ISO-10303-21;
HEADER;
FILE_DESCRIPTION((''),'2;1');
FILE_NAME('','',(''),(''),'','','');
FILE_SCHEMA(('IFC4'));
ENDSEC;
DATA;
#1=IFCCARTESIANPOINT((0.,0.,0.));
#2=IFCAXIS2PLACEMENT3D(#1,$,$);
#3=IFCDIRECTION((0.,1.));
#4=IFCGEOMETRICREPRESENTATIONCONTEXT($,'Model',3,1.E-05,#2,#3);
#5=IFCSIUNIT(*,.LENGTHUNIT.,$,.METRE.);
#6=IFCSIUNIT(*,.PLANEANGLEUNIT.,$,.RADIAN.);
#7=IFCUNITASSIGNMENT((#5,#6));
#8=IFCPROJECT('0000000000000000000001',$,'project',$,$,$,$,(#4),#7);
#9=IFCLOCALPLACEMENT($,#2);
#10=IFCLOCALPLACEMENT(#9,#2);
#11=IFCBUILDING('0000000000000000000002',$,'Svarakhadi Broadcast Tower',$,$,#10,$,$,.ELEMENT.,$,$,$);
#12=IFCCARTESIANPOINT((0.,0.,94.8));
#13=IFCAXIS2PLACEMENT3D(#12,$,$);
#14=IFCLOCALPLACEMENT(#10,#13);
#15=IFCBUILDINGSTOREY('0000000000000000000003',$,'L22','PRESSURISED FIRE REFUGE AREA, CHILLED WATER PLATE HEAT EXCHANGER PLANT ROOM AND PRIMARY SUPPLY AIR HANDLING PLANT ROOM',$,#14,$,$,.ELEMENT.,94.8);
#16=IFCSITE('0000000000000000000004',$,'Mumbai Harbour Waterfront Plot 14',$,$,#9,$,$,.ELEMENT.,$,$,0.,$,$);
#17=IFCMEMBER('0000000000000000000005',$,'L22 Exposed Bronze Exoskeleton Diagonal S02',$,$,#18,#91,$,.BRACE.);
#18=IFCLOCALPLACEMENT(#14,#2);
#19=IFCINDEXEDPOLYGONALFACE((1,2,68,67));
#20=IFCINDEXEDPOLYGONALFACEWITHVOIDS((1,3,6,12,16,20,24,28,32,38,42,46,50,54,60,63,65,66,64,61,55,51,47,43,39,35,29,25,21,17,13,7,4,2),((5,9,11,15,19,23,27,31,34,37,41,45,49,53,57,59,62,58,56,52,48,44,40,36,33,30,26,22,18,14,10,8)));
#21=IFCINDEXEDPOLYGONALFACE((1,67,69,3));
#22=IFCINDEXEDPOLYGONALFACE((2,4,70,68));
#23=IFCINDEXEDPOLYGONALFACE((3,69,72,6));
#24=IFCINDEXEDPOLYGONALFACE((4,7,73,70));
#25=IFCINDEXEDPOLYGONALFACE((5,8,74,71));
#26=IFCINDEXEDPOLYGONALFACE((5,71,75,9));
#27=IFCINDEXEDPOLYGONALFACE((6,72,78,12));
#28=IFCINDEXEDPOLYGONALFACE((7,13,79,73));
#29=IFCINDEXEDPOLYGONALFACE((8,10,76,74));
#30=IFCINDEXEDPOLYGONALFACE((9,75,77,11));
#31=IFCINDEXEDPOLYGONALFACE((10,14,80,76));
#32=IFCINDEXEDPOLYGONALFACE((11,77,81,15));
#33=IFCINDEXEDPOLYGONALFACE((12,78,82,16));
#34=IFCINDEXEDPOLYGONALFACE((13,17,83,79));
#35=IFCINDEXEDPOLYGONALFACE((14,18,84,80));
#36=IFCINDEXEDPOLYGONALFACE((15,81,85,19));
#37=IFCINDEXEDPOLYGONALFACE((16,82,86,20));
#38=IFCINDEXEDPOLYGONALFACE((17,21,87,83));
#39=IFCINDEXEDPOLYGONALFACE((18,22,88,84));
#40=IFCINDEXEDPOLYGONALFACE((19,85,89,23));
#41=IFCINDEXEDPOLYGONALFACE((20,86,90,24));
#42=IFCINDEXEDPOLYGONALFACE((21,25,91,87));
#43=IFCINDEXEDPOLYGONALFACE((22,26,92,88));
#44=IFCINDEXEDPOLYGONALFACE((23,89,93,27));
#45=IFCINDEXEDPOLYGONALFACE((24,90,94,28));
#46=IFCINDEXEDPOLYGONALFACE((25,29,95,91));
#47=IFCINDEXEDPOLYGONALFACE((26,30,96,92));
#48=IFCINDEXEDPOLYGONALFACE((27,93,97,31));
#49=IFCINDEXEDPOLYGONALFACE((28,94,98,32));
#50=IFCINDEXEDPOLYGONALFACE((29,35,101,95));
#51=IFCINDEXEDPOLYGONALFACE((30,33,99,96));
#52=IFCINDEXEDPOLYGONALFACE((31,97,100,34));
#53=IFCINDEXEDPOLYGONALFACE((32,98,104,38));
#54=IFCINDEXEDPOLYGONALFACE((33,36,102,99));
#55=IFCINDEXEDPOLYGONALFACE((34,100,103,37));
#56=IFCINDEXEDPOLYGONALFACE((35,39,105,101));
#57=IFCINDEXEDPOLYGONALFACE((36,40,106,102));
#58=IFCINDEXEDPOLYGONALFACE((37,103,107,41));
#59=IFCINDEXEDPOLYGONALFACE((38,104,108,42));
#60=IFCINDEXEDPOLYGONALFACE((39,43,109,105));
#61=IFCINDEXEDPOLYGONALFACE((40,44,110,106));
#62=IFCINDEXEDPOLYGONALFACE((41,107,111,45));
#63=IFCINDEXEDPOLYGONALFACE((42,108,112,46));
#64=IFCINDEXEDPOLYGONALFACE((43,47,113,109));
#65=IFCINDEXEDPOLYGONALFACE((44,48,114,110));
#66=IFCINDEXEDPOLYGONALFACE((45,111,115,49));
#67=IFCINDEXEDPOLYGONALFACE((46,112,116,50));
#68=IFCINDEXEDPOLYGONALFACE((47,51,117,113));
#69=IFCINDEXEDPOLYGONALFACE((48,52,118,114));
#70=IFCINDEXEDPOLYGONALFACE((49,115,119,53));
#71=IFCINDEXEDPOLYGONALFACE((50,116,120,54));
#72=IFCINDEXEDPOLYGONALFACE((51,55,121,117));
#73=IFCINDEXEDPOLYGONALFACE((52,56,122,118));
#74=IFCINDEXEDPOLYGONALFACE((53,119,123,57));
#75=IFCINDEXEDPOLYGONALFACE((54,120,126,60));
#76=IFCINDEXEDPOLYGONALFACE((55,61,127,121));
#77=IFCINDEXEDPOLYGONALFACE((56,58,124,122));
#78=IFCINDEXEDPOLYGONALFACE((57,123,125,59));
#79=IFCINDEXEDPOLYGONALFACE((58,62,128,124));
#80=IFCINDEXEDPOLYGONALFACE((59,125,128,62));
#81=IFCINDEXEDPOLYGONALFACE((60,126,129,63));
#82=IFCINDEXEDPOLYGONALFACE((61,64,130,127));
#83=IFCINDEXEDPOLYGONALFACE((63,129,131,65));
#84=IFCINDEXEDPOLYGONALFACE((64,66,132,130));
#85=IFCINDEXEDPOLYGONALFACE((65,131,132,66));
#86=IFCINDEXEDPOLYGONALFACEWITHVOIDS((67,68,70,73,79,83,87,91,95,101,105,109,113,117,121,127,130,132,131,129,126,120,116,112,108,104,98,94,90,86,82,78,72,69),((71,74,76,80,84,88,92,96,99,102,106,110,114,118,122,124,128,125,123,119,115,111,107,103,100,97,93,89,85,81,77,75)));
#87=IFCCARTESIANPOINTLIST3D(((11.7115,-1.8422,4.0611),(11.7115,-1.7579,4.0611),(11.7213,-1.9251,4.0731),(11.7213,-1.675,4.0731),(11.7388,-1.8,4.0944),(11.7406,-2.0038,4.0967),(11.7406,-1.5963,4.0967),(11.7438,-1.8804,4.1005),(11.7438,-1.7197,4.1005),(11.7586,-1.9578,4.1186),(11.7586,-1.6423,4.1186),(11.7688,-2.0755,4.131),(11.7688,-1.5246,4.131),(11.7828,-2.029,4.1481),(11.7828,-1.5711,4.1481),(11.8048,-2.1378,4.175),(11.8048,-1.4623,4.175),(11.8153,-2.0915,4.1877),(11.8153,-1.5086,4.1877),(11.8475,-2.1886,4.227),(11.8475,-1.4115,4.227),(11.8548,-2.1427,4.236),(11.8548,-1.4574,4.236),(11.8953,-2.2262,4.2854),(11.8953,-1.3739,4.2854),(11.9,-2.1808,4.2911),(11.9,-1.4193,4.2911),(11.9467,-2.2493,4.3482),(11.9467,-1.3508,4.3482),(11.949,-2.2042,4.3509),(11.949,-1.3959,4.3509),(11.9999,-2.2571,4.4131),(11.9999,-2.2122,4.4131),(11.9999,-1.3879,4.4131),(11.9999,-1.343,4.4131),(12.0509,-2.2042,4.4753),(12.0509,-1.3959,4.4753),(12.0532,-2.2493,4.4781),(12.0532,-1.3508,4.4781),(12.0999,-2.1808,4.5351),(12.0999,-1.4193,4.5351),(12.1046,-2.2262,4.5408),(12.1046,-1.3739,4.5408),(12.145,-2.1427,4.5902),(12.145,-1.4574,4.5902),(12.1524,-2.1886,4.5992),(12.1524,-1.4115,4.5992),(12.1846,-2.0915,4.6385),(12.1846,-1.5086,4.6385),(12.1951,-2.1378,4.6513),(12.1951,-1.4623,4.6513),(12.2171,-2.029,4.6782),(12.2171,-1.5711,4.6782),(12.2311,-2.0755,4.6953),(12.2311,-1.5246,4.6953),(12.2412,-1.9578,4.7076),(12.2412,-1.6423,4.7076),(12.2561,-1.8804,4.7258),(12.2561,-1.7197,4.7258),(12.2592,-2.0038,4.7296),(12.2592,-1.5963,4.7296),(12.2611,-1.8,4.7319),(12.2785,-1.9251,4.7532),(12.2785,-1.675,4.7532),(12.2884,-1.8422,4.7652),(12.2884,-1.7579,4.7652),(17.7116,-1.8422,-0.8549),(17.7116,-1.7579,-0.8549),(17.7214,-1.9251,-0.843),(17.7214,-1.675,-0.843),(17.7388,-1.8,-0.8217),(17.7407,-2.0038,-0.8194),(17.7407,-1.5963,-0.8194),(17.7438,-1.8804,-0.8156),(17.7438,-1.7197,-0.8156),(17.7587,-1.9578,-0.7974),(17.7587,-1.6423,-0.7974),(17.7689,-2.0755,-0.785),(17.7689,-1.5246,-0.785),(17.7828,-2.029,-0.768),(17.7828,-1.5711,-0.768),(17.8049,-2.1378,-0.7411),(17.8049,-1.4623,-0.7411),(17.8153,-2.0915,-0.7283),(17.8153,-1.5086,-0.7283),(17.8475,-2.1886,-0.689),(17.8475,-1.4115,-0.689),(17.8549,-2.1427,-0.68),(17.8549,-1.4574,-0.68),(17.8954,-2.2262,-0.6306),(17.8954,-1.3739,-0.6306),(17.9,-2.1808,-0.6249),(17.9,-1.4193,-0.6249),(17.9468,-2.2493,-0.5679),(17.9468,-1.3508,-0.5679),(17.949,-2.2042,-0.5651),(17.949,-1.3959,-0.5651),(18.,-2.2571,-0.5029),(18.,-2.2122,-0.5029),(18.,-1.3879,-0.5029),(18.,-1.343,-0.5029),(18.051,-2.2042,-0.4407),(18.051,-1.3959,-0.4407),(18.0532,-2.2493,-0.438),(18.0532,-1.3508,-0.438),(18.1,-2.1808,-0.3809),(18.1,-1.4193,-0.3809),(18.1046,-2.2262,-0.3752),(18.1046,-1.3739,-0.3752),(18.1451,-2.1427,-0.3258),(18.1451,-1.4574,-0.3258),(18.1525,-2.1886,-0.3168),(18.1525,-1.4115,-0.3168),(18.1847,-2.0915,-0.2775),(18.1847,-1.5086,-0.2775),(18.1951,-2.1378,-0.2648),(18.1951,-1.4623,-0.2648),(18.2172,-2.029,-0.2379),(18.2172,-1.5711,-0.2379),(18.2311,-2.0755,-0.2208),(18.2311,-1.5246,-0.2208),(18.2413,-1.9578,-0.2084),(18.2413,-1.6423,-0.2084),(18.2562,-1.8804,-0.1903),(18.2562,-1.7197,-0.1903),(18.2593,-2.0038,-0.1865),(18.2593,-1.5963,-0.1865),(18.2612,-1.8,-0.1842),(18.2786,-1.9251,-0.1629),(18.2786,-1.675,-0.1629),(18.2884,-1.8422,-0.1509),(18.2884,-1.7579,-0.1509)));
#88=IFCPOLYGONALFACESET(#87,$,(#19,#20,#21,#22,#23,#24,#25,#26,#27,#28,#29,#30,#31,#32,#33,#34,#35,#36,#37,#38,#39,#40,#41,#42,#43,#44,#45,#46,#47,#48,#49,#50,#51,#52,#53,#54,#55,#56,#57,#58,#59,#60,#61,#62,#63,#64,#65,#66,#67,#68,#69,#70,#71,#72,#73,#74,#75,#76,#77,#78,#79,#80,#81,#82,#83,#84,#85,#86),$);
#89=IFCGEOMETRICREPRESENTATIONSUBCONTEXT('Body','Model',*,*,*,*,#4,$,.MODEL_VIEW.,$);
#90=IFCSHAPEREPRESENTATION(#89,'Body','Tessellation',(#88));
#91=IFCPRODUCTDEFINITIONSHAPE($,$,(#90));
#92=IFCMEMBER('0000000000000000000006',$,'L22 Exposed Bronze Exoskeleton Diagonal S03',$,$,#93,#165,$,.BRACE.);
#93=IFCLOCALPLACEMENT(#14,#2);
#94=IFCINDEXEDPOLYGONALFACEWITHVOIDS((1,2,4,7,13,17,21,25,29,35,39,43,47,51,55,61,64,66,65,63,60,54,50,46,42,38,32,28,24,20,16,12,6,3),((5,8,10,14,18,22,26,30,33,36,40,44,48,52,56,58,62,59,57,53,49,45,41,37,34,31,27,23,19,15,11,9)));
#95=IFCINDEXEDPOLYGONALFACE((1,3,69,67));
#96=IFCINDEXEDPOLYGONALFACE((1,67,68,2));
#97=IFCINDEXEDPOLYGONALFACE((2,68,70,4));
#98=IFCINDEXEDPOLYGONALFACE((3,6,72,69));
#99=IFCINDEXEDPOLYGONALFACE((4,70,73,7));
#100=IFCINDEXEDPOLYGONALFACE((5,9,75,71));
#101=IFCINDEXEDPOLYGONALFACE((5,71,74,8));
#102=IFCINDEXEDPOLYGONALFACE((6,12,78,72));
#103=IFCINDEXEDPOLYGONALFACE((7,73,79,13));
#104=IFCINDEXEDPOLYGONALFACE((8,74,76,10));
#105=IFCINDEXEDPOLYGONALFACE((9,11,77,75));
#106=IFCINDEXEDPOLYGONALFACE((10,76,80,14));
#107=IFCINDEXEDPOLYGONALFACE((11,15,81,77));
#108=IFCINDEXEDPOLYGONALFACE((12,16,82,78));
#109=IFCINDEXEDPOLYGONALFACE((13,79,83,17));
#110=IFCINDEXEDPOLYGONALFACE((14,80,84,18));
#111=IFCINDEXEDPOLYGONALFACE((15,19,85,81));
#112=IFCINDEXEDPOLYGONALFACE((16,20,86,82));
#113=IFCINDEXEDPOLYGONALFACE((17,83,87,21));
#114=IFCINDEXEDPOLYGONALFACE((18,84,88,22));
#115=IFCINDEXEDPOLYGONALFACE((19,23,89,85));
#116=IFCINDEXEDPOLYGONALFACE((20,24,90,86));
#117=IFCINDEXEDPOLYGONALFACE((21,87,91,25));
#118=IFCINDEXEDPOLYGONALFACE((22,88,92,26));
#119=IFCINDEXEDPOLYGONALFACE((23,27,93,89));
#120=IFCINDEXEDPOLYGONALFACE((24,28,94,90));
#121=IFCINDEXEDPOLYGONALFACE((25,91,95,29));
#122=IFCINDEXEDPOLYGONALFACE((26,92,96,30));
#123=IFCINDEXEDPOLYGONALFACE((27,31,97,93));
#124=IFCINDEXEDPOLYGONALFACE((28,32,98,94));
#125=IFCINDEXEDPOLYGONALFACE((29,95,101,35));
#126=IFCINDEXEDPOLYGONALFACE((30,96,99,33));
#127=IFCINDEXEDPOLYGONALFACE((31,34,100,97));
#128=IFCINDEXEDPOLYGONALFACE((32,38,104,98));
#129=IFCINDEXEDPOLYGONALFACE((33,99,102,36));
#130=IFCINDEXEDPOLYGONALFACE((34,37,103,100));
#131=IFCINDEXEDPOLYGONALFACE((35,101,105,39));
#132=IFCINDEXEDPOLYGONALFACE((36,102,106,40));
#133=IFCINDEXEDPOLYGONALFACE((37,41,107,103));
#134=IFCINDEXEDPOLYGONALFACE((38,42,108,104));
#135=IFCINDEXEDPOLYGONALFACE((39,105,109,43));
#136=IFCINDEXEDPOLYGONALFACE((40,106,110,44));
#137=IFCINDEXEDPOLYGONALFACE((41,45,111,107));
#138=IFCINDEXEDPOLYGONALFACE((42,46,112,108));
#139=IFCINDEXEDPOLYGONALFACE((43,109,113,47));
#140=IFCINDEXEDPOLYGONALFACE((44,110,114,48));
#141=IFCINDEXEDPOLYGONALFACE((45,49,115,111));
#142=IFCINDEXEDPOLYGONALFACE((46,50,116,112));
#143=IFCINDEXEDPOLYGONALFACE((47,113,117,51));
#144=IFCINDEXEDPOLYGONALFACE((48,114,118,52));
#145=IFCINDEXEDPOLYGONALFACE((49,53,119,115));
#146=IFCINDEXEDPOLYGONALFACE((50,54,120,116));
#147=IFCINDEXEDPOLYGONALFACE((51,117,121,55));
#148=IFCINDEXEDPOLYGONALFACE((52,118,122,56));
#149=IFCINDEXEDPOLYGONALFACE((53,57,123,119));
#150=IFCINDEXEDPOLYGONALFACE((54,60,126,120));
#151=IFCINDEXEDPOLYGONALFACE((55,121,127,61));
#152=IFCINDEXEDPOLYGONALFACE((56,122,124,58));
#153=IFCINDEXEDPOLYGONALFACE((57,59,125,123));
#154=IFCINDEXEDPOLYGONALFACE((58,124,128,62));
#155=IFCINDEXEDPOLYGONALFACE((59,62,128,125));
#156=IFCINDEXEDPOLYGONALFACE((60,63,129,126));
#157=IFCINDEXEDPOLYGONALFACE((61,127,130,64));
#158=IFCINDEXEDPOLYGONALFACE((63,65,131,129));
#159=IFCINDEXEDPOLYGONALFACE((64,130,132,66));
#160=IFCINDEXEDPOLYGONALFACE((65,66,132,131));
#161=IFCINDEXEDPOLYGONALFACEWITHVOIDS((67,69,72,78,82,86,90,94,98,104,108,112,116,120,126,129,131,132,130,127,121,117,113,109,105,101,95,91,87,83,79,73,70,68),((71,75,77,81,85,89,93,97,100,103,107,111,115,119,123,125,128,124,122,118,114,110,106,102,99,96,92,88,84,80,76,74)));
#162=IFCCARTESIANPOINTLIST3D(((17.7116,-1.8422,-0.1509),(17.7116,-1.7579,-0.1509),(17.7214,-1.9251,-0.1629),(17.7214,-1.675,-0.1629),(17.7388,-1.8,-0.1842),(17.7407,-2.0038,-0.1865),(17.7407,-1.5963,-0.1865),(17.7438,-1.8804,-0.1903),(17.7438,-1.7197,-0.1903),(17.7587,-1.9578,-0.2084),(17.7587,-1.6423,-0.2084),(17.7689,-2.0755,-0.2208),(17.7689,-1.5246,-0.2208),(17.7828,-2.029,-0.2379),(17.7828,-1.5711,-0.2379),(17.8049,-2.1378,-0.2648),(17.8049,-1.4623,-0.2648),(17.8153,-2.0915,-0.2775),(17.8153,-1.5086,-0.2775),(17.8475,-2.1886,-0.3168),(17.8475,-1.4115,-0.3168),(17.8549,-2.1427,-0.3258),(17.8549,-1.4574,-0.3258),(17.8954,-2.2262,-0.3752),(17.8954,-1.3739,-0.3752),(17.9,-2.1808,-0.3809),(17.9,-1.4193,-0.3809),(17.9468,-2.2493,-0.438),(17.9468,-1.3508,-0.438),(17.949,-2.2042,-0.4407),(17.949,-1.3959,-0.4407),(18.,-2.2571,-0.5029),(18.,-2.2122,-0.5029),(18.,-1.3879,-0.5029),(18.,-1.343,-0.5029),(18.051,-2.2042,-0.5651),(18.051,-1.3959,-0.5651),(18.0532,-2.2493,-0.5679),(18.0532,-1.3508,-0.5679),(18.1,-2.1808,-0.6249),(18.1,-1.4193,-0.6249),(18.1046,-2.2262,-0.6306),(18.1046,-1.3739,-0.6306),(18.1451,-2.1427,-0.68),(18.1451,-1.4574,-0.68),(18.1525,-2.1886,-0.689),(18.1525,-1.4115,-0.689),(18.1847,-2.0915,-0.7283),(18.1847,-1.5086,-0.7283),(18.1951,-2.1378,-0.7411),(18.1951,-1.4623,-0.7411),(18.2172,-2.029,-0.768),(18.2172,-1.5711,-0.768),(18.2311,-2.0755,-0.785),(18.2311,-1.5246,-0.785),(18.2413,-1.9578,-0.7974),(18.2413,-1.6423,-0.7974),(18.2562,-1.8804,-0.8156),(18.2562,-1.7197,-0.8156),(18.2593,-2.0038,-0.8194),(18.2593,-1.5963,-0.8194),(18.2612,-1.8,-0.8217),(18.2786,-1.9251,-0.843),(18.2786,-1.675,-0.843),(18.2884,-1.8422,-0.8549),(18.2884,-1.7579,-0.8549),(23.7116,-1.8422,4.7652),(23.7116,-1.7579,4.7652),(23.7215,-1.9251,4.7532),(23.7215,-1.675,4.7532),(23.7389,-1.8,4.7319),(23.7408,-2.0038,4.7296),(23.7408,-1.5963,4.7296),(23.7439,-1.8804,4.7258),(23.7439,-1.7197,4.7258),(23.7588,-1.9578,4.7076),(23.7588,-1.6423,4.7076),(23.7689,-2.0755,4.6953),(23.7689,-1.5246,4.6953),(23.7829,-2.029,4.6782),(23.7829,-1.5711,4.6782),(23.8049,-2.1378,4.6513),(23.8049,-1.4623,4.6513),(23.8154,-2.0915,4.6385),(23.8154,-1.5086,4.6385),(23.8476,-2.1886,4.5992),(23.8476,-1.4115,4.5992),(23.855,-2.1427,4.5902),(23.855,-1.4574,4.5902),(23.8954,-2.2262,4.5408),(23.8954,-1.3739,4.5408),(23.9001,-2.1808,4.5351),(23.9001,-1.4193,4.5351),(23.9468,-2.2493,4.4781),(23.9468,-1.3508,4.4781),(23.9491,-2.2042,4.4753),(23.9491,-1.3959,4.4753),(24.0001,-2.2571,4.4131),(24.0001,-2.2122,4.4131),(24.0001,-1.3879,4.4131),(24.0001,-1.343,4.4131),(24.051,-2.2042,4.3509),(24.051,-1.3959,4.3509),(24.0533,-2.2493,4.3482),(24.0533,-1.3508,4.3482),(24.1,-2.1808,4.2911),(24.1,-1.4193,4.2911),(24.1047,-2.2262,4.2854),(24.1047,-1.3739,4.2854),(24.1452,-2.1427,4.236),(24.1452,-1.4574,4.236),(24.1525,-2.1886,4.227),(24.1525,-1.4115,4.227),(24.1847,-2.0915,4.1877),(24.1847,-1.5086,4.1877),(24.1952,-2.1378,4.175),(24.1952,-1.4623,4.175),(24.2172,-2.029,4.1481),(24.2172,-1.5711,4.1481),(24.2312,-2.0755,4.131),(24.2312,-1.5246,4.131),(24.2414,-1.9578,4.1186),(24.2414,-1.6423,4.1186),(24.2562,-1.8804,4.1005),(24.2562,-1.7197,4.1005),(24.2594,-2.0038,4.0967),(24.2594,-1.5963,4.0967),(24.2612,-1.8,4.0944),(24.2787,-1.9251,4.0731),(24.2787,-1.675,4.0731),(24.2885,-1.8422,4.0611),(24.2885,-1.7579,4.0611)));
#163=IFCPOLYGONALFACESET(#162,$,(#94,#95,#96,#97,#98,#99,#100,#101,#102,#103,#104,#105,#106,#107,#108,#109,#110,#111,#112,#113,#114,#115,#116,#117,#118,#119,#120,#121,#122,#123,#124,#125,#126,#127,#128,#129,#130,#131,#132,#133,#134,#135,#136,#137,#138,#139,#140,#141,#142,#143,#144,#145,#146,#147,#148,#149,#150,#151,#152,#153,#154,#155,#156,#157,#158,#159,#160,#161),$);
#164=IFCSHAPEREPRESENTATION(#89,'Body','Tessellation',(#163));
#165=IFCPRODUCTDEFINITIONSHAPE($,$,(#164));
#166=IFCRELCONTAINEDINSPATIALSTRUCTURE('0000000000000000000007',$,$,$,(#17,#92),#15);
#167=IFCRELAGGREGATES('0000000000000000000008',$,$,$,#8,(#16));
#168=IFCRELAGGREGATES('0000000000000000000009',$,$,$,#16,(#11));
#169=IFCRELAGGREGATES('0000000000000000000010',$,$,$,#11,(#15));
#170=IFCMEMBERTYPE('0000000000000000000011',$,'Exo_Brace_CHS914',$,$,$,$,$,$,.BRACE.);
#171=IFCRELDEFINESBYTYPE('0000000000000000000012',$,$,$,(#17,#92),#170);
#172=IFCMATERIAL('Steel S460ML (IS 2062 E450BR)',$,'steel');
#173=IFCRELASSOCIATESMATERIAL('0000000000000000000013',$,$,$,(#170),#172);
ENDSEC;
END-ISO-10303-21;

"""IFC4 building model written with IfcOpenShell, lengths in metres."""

from ifc_helpers import new_model, si_unit, direction, frame, origin, origin_2d, place, context, subcontext, project, spatial, hollow_circle, extrude, material, material_profile, profile_set, type_object, element, save


model = new_model("IFC4")

# Units and contexts
model_context = context("Model", 3, precision=1e-05, world=origin(), true_north=direction((0.0, 1.0)))
body_context = subcontext(model_context, "Body", "Model", "MODEL_VIEW")
ifc_project = project(units=[si_unit("LENGTHUNIT", "METRE"), si_unit("PLANEANGLEUNIT", "RADIAN")], contexts=[model_context])

# Site, building, storey
site_placement = place(None, origin())
site = spatial("IfcSite", under=ifc_project, at=site_placement, Name="Mumbai Harbour Waterfront Plot 14", CompositionType="ELEMENT", RefElevation=0.0)
building_placement = place(site_placement, origin())
building = spatial("IfcBuilding", under=site, at=building_placement, Name="Svarakhadi Broadcast Tower", CompositionType="ELEMENT")
storey_placement = place(building_placement, frame((0.0, 0.0, 94.8)))
storey = spatial("IfcBuildingStorey", under=building, at=storey_placement, Name="L22", Description="PRESSURISED FIRE REFUGE AREA, CHILLED WATER PLATE HEAT EXCHANGER PLANT ROOM AND PRIMARY SUPPLY AIR HANDLING PLANT ROOM", CompositionType="ELEMENT", Elevation=94.8)

# Members
ifc_material_1 = material(Name="Steel S460ML (IS 2062 E450BR)", Category="steel")
ifc_material_profile_1 = material_profile(ifc_material_1, hollow_circle(Radius=0.457, WallThickness=0.0449, at=origin_2d()), Name="CHS 914x45")
ifc_profile_set_1 = profile_set([ifc_material_profile_1], Name="Steel S460ML (IS 2062 E450BR)")
member_type_1 = type_object("IfcMemberType", Name="Exo_Brace_CHS914", PredefinedType="BRACE", material=ifc_profile_set_1)
for number, where, z_axis, x_axis, name in (
    (1, (18.0, -1.8, -0.5029), (-0.77352, 0.0, 0.633772), (0.0, -1.0, 0.0), "L22 Exposed Bronze Exoskeleton Diagonal S02"),
    (2, (18.0, -1.8, -0.5029), (0.77352, 0.0, 0.633772), (0.0, 1.0, 0.0), "L22 Exposed Bronze Exoskeleton Diagonal S03"),
):
    element("IfcMember", number, at=place(storey_placement, frame(where, z_axis=z_axis, x_axis=x_axis)), inside=storey, type_object=member_type_1, Name=name, PredefinedType="BRACE", context=body_context, shape_type="SweptSolid", body=[
        extrude(hollow_circle(Radius=0.457, WallThickness=0.0449, at=origin_2d()), origin(), (0.0, 0.0, 1.0), 7.7568),
    ])

save(model, "model.ifc")
